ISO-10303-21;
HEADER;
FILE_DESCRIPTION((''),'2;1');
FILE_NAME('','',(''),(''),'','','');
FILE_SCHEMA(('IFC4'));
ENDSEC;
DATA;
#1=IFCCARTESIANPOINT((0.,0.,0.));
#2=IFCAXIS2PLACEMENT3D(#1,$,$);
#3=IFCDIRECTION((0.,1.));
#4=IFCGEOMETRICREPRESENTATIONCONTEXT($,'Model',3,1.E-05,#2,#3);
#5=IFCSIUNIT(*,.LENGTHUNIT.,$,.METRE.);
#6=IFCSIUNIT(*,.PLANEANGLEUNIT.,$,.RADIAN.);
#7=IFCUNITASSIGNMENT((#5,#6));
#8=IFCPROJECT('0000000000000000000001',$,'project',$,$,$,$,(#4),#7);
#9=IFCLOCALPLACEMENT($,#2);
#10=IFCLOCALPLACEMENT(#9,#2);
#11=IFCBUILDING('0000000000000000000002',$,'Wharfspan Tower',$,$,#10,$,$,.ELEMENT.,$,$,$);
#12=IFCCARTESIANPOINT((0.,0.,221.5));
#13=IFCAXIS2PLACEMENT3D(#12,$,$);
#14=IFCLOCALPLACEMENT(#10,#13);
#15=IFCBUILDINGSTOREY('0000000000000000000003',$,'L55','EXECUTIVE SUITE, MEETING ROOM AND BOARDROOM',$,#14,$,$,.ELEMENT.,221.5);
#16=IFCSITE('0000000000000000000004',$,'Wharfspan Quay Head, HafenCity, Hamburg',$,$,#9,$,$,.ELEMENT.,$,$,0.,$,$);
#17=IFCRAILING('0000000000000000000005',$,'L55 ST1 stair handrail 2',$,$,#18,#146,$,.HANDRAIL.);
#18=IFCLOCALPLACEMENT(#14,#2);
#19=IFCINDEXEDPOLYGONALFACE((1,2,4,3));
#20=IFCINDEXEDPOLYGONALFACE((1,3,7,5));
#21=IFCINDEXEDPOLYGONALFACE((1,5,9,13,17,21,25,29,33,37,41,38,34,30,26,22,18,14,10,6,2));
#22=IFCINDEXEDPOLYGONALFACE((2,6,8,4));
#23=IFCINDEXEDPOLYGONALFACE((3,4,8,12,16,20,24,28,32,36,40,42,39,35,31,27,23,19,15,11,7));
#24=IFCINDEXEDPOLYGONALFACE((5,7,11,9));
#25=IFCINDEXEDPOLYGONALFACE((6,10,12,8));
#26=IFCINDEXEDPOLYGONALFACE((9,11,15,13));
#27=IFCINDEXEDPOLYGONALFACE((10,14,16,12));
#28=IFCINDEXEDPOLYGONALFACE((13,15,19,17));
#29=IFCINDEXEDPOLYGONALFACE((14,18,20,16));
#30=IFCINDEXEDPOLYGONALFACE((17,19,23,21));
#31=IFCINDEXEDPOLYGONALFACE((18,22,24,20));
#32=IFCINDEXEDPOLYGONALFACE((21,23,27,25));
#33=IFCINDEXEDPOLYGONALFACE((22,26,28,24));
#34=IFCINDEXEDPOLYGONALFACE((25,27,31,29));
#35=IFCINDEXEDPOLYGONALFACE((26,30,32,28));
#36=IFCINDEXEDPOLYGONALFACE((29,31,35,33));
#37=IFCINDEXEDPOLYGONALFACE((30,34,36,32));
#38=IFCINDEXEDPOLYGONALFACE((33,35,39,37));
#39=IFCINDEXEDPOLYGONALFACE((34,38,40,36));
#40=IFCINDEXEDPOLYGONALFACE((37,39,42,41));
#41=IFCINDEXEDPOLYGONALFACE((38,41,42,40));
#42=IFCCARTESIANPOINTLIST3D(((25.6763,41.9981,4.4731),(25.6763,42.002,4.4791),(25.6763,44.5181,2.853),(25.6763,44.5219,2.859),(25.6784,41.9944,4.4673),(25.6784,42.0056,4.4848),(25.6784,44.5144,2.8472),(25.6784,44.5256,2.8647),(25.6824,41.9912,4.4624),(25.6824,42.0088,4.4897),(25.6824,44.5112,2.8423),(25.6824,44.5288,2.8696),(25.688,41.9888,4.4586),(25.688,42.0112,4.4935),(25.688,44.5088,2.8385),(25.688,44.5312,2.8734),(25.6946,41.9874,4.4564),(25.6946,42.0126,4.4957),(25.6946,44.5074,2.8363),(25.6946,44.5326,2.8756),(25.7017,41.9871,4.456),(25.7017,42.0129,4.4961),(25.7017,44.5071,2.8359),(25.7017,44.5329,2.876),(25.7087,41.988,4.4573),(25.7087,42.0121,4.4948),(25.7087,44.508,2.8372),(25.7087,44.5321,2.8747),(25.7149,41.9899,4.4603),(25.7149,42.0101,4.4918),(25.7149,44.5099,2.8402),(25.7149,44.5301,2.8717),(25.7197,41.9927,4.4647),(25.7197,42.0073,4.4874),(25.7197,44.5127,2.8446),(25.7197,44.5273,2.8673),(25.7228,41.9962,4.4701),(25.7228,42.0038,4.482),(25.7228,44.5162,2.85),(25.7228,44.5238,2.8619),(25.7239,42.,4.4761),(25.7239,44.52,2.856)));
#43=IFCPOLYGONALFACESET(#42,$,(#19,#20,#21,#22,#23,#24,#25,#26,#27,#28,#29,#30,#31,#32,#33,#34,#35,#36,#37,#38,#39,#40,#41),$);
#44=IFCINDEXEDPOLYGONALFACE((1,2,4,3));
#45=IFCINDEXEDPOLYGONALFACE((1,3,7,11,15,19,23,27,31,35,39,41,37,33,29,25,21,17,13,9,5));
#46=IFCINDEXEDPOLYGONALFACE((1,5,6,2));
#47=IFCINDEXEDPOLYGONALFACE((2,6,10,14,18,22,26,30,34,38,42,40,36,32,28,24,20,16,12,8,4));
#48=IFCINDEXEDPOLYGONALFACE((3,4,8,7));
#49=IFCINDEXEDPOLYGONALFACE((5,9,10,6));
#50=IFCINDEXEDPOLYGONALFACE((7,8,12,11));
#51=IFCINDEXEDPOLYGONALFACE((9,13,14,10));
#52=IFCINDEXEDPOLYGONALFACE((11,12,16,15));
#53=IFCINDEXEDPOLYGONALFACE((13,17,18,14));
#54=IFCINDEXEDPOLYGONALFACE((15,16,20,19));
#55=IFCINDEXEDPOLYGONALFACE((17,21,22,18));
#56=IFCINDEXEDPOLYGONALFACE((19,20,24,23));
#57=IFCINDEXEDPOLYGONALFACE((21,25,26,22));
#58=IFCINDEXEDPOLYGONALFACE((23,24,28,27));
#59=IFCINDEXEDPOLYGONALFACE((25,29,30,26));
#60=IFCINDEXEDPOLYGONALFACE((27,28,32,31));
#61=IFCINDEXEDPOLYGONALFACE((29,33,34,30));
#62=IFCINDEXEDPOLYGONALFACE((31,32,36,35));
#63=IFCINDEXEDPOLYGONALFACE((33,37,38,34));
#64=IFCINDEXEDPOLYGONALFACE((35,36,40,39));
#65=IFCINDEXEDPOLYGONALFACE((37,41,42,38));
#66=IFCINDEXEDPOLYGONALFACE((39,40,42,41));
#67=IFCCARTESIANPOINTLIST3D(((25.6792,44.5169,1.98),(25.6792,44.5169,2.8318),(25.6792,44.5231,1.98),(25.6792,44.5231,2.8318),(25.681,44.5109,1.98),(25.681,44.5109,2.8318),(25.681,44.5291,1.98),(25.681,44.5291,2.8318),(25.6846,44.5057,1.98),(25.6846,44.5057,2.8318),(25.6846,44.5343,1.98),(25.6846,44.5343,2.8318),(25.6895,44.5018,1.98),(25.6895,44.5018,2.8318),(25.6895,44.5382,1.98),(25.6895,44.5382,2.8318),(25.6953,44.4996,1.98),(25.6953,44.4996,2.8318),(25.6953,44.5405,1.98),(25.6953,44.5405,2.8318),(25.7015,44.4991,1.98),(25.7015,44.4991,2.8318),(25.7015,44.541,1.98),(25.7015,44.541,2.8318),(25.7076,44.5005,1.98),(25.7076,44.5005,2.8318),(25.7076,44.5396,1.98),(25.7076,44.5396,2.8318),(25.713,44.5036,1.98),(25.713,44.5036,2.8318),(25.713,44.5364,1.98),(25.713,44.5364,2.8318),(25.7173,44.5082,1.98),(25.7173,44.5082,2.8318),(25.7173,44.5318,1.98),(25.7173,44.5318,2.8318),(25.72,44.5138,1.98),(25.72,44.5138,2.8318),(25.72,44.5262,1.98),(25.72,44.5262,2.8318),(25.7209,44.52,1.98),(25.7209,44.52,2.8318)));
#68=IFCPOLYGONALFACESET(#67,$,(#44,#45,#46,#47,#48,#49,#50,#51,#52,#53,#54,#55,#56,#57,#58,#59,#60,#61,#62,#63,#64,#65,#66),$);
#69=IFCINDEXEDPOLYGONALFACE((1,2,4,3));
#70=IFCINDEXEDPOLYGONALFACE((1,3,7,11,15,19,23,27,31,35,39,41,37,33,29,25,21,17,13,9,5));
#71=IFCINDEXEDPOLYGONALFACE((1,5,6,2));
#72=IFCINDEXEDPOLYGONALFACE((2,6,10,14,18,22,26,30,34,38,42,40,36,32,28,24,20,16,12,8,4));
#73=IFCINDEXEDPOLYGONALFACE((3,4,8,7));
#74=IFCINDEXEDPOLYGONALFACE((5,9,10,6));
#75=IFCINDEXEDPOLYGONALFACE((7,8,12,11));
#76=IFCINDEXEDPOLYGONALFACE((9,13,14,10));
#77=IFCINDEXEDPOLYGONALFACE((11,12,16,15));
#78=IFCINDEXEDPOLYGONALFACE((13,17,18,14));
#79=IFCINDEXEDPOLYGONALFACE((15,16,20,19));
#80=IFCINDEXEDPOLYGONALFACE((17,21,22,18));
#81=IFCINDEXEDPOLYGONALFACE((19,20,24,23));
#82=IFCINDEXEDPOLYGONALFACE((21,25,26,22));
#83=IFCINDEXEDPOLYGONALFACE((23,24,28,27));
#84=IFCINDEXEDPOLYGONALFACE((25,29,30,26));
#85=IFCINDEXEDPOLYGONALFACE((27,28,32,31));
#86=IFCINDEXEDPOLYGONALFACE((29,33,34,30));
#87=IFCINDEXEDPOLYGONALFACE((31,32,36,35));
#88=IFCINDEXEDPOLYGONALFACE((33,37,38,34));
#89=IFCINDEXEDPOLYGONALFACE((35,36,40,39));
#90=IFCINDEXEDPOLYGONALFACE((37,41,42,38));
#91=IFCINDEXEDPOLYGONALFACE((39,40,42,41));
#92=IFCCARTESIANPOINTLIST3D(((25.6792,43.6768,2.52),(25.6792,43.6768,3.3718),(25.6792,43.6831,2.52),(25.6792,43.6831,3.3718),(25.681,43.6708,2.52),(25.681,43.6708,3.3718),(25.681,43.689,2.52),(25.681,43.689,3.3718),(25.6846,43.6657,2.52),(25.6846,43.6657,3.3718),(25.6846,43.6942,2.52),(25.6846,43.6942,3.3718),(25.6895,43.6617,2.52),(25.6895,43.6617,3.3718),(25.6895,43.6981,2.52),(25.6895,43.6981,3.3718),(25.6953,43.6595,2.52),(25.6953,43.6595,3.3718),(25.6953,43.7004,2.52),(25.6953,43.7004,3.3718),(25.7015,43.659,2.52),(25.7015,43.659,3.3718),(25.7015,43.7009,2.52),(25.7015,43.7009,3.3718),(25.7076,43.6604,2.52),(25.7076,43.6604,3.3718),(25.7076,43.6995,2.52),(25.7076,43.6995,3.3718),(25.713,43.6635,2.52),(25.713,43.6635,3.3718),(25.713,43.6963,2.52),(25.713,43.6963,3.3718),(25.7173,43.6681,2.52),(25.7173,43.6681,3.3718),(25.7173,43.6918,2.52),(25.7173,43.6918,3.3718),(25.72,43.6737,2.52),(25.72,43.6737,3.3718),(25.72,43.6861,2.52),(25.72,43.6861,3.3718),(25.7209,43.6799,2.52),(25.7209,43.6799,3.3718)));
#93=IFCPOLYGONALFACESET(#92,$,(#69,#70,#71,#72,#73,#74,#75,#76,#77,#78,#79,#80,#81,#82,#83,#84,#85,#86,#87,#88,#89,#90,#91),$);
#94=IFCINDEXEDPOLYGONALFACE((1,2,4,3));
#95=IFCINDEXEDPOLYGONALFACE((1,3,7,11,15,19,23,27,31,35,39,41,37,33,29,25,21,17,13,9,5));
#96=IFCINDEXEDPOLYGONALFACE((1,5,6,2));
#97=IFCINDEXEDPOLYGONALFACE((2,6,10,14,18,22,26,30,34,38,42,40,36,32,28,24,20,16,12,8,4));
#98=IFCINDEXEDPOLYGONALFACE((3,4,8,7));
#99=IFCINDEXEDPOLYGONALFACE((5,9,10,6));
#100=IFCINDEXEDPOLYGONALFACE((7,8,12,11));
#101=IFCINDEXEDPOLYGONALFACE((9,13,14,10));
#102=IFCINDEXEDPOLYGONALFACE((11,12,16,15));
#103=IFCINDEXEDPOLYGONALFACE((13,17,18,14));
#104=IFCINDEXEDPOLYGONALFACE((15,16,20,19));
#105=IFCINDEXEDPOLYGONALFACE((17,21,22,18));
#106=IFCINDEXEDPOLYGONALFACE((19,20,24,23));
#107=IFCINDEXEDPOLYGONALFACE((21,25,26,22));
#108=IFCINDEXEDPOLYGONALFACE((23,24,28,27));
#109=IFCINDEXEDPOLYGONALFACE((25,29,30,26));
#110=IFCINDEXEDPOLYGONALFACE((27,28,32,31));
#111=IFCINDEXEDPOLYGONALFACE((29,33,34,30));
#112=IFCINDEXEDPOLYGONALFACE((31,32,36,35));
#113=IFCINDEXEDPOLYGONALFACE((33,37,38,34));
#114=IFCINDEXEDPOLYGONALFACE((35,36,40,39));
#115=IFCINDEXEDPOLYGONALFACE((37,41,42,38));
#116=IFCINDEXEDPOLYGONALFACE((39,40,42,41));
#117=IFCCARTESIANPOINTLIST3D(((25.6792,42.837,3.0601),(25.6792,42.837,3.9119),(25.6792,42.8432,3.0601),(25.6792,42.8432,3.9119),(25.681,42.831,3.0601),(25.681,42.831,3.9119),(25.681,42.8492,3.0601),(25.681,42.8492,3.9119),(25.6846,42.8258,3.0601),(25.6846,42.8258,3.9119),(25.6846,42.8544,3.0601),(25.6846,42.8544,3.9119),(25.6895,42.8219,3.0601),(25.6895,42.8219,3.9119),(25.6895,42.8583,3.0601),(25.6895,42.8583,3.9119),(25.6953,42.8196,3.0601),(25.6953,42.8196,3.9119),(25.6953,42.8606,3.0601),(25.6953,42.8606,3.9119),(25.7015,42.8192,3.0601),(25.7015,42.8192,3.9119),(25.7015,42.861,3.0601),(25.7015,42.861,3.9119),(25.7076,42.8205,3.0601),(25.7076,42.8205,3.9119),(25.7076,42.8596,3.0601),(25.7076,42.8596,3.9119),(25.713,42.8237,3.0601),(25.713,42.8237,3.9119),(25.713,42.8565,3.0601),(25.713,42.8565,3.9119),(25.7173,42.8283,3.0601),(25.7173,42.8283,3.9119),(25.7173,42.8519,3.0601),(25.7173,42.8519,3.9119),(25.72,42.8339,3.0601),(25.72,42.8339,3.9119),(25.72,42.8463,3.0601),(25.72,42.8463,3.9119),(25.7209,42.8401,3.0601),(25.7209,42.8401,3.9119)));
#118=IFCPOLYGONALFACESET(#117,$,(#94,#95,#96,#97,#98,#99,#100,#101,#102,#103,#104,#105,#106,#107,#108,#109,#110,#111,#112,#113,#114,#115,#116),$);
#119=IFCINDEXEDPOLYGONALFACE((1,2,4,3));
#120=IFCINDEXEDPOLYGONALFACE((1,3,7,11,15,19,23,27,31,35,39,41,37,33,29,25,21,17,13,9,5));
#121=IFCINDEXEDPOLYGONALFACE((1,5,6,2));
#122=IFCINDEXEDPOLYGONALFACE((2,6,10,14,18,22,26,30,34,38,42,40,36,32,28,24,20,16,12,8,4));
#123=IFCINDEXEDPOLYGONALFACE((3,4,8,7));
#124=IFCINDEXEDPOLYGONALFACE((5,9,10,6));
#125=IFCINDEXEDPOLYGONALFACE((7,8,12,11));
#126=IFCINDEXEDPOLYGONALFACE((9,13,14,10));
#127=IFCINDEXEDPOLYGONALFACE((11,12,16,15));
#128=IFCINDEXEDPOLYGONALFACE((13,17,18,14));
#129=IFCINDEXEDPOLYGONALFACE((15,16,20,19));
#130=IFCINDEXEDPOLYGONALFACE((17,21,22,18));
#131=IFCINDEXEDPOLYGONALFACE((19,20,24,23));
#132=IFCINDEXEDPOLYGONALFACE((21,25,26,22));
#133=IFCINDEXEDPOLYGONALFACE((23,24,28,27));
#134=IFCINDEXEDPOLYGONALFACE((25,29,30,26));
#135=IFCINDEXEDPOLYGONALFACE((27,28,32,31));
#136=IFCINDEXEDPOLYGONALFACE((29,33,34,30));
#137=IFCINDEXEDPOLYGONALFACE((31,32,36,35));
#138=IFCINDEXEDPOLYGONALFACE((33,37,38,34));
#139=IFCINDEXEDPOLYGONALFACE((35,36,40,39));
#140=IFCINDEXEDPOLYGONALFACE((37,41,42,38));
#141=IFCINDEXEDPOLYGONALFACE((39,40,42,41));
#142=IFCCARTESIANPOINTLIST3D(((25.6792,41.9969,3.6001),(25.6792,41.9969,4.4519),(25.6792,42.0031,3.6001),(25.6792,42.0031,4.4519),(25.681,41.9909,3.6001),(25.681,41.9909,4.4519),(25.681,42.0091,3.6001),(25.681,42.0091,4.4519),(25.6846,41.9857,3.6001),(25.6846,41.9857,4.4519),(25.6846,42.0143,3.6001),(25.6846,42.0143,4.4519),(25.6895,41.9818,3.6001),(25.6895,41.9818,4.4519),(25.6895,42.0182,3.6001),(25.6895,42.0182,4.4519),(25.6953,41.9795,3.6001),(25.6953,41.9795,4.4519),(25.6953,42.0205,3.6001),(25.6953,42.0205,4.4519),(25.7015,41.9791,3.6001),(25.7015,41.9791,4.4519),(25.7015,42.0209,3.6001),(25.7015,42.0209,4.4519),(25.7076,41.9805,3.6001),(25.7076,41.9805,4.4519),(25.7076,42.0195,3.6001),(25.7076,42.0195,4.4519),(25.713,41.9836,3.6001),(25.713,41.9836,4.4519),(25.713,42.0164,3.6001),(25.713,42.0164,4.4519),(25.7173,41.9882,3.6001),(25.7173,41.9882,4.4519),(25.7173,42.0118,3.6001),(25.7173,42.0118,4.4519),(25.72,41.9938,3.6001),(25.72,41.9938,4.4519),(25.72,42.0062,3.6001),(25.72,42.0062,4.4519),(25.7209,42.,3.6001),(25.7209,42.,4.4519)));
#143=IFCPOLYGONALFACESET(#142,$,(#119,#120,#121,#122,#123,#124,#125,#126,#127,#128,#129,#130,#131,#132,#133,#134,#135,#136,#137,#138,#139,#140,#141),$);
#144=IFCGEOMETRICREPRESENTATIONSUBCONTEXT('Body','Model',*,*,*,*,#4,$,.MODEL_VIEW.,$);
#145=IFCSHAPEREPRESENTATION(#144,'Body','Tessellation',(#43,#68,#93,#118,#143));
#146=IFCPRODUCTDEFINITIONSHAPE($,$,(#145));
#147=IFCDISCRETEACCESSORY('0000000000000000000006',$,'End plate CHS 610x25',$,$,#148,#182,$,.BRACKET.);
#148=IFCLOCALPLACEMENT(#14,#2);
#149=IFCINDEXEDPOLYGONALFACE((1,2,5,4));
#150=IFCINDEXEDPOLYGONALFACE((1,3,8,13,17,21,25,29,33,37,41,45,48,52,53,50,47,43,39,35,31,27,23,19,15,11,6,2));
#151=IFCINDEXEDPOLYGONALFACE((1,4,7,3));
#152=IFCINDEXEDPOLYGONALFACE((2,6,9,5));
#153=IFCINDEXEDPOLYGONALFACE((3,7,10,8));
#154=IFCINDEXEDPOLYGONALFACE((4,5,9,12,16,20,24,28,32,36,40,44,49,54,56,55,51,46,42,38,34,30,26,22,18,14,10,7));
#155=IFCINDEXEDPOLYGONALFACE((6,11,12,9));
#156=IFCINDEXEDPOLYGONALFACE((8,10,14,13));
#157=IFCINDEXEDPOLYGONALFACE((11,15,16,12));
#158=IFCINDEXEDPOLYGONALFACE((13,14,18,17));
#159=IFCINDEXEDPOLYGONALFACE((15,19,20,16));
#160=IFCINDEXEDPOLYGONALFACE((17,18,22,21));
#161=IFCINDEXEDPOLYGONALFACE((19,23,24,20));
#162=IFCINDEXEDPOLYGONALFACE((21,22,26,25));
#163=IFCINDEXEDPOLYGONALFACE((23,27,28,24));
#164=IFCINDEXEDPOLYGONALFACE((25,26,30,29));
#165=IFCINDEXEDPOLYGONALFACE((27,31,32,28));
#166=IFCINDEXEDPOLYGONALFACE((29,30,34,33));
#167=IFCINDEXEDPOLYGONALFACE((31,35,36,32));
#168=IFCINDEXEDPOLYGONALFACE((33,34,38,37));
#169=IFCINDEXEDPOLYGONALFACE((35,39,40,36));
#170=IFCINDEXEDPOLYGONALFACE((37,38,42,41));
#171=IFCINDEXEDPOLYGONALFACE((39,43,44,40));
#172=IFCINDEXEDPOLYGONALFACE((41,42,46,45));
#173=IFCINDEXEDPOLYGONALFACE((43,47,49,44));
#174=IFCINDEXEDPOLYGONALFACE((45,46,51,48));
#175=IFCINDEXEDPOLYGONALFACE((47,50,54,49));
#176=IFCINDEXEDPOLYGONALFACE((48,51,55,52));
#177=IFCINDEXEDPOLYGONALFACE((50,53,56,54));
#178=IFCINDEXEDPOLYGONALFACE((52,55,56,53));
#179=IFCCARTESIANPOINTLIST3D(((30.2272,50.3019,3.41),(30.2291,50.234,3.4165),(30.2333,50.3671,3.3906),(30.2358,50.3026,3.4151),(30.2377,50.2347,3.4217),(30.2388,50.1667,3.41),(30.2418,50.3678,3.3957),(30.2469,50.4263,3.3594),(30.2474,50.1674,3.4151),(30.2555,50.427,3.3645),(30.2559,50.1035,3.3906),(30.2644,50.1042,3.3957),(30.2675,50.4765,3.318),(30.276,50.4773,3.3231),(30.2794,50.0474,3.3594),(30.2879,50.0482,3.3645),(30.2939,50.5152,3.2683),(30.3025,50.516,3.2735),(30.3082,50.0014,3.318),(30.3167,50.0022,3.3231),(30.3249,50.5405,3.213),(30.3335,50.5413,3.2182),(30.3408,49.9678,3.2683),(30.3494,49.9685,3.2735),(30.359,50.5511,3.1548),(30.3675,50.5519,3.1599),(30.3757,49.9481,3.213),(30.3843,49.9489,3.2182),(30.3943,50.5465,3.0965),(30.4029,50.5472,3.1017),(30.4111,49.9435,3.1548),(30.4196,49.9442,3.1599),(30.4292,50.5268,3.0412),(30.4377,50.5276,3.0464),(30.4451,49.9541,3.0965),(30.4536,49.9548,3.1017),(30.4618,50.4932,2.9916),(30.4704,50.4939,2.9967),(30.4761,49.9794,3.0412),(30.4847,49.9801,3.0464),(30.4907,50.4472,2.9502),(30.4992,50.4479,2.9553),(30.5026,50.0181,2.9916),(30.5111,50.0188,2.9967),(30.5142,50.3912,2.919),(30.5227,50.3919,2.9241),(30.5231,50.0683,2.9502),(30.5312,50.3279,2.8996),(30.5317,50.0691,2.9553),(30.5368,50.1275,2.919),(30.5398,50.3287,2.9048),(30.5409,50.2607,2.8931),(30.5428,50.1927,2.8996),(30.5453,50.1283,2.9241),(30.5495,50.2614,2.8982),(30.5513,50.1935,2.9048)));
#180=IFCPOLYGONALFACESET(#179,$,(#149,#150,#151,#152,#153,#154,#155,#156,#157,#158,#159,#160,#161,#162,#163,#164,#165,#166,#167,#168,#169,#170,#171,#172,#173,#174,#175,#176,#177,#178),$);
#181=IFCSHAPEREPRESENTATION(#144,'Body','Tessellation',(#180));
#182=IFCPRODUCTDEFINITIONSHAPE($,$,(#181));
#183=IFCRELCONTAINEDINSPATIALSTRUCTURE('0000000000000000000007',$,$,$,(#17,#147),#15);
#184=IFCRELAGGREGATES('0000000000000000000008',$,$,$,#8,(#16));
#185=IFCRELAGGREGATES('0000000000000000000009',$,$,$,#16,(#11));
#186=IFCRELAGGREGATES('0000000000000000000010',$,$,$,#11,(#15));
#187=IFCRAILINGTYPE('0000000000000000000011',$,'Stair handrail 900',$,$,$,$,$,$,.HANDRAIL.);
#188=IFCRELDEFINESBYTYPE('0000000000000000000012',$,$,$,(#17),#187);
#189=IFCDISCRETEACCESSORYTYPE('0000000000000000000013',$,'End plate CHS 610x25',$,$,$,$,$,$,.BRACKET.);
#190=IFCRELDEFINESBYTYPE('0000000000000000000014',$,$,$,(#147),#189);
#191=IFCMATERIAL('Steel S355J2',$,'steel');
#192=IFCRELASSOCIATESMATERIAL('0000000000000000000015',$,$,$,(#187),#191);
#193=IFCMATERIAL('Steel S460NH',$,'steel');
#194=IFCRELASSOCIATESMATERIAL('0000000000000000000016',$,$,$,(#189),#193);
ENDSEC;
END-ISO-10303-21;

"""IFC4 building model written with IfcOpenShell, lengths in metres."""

from ifc_helpers import new_model, si_unit, direction, frame, origin, origin_2d, place, context, subcontext, project, spatial, circle, extrude, material, material_profile, profile_set, type_object, element, save


model = new_model("IFC4")

# Units and contexts
model_context = context("Model", 3, precision=1e-05, world=origin(), true_north=direction((0.0, 1.0)))
body_context = subcontext(model_context, "Body", "Model", "MODEL_VIEW")
ifc_project = project(units=[si_unit("LENGTHUNIT", "METRE"), si_unit("PLANEANGLEUNIT", "RADIAN")], contexts=[model_context])

# Site, building, storey
site_placement = place(None, origin())
site = spatial("IfcSite", under=ifc_project, at=site_placement, Name="Wharfspan Quay Head, HafenCity, Hamburg", CompositionType="ELEMENT", RefElevation=0.0)
building_placement = place(site_placement, origin())
building = spatial("IfcBuilding", under=site, at=building_placement, Name="Wharfspan Tower", CompositionType="ELEMENT")
storey_placement = place(building_placement, frame((0.0, 0.0, 221.5)))
storey = spatial("IfcBuildingStorey", under=building, at=storey_placement, Name="L55", Description="EXECUTIVE SUITE, MEETING ROOM AND BOARDROOM", CompositionType="ELEMENT", Elevation=221.5)

# Shared definitions
ifc_material_1 = material(Name="Steel S355J2", Category="steel")

# Shared definitions
ifc_material_2 = material(Name="Steel S460NH", Category="steel")

# Railing
railing_type_1 = type_object("IfcRailingType", Name="Stair handrail 900", PredefinedType="HANDRAIL", material=ifc_material_1)
railing_1_placement = place(storey_placement, frame((25.7, 44.52, 1.98)))
element("IfcRailing", 1, at=railing_1_placement, inside=storey, type_object=railing_type_1, Name="L55 ST1 stair handrail 2", PredefinedType="HANDRAIL", context=body_context, shape_type="SweptSolid", body=[
    extrude(circle(Radius=0.0239, at=origin_2d()), frame((0.0, 0.0, 0.876), z_axis=(0.0, -0.841163, 0.540782), x_axis=(1.0, 0.0, 0.0)), (0.0, 0.0, 1.0), 2.9958),
    extrude(circle(Radius=0.021, at=origin_2d()), origin(), (0.0, 0.0, 1.0), 0.8518),
    extrude(circle(Radius=0.021, at=origin_2d()), frame((0.0, -0.8401, 0.54)), (0.0, 0.0, 1.0), 0.8518),
    extrude(circle(Radius=0.021, at=origin_2d()), frame((0.0, -1.6799, 1.0801)), (0.0, 0.0, 1.0), 0.8518),
    extrude(circle(Radius=0.021, at=origin_2d()), frame((0.0, -2.52, 1.6201)), (0.0, 0.0, 1.0), 0.8518),
])

# Discrete accessory
ifc_material_profile_1 = material_profile(ifc_material_2, circle(Radius=0.3049, at=origin_2d()))
ifc_profile_set_1 = profile_set([ifc_material_profile_1], Name="Steel S460NH")
discrete_accessory_type = type_object("IfcDiscreteAccessoryType", Name="End plate CHS 610x25", PredefinedType="BRACKET", material=ifc_profile_set_1)
for number, where, z_axis, x_axis, name in (
    (2, (30.385, 50.2473, 3.1548), (0.855186, 0.073302, 0.513112), (-0.085402, 0.996345, 0.000001), "End plate CHS 610x25"),
):
    element("IfcDiscreteAccessory", number, at=place(storey_placement, frame(where, z_axis=z_axis, x_axis=x_axis)), inside=storey, type_object=discrete_accessory_type, Name=name, PredefinedType="BRACKET", context=body_context, shape_type="SweptSolid", body=[
        extrude(circle(Radius=0.3049, at=origin_2d()), origin(), (0.0, 0.0, 1.0), 0.01),
    ])

save(model, "model.ifc")
